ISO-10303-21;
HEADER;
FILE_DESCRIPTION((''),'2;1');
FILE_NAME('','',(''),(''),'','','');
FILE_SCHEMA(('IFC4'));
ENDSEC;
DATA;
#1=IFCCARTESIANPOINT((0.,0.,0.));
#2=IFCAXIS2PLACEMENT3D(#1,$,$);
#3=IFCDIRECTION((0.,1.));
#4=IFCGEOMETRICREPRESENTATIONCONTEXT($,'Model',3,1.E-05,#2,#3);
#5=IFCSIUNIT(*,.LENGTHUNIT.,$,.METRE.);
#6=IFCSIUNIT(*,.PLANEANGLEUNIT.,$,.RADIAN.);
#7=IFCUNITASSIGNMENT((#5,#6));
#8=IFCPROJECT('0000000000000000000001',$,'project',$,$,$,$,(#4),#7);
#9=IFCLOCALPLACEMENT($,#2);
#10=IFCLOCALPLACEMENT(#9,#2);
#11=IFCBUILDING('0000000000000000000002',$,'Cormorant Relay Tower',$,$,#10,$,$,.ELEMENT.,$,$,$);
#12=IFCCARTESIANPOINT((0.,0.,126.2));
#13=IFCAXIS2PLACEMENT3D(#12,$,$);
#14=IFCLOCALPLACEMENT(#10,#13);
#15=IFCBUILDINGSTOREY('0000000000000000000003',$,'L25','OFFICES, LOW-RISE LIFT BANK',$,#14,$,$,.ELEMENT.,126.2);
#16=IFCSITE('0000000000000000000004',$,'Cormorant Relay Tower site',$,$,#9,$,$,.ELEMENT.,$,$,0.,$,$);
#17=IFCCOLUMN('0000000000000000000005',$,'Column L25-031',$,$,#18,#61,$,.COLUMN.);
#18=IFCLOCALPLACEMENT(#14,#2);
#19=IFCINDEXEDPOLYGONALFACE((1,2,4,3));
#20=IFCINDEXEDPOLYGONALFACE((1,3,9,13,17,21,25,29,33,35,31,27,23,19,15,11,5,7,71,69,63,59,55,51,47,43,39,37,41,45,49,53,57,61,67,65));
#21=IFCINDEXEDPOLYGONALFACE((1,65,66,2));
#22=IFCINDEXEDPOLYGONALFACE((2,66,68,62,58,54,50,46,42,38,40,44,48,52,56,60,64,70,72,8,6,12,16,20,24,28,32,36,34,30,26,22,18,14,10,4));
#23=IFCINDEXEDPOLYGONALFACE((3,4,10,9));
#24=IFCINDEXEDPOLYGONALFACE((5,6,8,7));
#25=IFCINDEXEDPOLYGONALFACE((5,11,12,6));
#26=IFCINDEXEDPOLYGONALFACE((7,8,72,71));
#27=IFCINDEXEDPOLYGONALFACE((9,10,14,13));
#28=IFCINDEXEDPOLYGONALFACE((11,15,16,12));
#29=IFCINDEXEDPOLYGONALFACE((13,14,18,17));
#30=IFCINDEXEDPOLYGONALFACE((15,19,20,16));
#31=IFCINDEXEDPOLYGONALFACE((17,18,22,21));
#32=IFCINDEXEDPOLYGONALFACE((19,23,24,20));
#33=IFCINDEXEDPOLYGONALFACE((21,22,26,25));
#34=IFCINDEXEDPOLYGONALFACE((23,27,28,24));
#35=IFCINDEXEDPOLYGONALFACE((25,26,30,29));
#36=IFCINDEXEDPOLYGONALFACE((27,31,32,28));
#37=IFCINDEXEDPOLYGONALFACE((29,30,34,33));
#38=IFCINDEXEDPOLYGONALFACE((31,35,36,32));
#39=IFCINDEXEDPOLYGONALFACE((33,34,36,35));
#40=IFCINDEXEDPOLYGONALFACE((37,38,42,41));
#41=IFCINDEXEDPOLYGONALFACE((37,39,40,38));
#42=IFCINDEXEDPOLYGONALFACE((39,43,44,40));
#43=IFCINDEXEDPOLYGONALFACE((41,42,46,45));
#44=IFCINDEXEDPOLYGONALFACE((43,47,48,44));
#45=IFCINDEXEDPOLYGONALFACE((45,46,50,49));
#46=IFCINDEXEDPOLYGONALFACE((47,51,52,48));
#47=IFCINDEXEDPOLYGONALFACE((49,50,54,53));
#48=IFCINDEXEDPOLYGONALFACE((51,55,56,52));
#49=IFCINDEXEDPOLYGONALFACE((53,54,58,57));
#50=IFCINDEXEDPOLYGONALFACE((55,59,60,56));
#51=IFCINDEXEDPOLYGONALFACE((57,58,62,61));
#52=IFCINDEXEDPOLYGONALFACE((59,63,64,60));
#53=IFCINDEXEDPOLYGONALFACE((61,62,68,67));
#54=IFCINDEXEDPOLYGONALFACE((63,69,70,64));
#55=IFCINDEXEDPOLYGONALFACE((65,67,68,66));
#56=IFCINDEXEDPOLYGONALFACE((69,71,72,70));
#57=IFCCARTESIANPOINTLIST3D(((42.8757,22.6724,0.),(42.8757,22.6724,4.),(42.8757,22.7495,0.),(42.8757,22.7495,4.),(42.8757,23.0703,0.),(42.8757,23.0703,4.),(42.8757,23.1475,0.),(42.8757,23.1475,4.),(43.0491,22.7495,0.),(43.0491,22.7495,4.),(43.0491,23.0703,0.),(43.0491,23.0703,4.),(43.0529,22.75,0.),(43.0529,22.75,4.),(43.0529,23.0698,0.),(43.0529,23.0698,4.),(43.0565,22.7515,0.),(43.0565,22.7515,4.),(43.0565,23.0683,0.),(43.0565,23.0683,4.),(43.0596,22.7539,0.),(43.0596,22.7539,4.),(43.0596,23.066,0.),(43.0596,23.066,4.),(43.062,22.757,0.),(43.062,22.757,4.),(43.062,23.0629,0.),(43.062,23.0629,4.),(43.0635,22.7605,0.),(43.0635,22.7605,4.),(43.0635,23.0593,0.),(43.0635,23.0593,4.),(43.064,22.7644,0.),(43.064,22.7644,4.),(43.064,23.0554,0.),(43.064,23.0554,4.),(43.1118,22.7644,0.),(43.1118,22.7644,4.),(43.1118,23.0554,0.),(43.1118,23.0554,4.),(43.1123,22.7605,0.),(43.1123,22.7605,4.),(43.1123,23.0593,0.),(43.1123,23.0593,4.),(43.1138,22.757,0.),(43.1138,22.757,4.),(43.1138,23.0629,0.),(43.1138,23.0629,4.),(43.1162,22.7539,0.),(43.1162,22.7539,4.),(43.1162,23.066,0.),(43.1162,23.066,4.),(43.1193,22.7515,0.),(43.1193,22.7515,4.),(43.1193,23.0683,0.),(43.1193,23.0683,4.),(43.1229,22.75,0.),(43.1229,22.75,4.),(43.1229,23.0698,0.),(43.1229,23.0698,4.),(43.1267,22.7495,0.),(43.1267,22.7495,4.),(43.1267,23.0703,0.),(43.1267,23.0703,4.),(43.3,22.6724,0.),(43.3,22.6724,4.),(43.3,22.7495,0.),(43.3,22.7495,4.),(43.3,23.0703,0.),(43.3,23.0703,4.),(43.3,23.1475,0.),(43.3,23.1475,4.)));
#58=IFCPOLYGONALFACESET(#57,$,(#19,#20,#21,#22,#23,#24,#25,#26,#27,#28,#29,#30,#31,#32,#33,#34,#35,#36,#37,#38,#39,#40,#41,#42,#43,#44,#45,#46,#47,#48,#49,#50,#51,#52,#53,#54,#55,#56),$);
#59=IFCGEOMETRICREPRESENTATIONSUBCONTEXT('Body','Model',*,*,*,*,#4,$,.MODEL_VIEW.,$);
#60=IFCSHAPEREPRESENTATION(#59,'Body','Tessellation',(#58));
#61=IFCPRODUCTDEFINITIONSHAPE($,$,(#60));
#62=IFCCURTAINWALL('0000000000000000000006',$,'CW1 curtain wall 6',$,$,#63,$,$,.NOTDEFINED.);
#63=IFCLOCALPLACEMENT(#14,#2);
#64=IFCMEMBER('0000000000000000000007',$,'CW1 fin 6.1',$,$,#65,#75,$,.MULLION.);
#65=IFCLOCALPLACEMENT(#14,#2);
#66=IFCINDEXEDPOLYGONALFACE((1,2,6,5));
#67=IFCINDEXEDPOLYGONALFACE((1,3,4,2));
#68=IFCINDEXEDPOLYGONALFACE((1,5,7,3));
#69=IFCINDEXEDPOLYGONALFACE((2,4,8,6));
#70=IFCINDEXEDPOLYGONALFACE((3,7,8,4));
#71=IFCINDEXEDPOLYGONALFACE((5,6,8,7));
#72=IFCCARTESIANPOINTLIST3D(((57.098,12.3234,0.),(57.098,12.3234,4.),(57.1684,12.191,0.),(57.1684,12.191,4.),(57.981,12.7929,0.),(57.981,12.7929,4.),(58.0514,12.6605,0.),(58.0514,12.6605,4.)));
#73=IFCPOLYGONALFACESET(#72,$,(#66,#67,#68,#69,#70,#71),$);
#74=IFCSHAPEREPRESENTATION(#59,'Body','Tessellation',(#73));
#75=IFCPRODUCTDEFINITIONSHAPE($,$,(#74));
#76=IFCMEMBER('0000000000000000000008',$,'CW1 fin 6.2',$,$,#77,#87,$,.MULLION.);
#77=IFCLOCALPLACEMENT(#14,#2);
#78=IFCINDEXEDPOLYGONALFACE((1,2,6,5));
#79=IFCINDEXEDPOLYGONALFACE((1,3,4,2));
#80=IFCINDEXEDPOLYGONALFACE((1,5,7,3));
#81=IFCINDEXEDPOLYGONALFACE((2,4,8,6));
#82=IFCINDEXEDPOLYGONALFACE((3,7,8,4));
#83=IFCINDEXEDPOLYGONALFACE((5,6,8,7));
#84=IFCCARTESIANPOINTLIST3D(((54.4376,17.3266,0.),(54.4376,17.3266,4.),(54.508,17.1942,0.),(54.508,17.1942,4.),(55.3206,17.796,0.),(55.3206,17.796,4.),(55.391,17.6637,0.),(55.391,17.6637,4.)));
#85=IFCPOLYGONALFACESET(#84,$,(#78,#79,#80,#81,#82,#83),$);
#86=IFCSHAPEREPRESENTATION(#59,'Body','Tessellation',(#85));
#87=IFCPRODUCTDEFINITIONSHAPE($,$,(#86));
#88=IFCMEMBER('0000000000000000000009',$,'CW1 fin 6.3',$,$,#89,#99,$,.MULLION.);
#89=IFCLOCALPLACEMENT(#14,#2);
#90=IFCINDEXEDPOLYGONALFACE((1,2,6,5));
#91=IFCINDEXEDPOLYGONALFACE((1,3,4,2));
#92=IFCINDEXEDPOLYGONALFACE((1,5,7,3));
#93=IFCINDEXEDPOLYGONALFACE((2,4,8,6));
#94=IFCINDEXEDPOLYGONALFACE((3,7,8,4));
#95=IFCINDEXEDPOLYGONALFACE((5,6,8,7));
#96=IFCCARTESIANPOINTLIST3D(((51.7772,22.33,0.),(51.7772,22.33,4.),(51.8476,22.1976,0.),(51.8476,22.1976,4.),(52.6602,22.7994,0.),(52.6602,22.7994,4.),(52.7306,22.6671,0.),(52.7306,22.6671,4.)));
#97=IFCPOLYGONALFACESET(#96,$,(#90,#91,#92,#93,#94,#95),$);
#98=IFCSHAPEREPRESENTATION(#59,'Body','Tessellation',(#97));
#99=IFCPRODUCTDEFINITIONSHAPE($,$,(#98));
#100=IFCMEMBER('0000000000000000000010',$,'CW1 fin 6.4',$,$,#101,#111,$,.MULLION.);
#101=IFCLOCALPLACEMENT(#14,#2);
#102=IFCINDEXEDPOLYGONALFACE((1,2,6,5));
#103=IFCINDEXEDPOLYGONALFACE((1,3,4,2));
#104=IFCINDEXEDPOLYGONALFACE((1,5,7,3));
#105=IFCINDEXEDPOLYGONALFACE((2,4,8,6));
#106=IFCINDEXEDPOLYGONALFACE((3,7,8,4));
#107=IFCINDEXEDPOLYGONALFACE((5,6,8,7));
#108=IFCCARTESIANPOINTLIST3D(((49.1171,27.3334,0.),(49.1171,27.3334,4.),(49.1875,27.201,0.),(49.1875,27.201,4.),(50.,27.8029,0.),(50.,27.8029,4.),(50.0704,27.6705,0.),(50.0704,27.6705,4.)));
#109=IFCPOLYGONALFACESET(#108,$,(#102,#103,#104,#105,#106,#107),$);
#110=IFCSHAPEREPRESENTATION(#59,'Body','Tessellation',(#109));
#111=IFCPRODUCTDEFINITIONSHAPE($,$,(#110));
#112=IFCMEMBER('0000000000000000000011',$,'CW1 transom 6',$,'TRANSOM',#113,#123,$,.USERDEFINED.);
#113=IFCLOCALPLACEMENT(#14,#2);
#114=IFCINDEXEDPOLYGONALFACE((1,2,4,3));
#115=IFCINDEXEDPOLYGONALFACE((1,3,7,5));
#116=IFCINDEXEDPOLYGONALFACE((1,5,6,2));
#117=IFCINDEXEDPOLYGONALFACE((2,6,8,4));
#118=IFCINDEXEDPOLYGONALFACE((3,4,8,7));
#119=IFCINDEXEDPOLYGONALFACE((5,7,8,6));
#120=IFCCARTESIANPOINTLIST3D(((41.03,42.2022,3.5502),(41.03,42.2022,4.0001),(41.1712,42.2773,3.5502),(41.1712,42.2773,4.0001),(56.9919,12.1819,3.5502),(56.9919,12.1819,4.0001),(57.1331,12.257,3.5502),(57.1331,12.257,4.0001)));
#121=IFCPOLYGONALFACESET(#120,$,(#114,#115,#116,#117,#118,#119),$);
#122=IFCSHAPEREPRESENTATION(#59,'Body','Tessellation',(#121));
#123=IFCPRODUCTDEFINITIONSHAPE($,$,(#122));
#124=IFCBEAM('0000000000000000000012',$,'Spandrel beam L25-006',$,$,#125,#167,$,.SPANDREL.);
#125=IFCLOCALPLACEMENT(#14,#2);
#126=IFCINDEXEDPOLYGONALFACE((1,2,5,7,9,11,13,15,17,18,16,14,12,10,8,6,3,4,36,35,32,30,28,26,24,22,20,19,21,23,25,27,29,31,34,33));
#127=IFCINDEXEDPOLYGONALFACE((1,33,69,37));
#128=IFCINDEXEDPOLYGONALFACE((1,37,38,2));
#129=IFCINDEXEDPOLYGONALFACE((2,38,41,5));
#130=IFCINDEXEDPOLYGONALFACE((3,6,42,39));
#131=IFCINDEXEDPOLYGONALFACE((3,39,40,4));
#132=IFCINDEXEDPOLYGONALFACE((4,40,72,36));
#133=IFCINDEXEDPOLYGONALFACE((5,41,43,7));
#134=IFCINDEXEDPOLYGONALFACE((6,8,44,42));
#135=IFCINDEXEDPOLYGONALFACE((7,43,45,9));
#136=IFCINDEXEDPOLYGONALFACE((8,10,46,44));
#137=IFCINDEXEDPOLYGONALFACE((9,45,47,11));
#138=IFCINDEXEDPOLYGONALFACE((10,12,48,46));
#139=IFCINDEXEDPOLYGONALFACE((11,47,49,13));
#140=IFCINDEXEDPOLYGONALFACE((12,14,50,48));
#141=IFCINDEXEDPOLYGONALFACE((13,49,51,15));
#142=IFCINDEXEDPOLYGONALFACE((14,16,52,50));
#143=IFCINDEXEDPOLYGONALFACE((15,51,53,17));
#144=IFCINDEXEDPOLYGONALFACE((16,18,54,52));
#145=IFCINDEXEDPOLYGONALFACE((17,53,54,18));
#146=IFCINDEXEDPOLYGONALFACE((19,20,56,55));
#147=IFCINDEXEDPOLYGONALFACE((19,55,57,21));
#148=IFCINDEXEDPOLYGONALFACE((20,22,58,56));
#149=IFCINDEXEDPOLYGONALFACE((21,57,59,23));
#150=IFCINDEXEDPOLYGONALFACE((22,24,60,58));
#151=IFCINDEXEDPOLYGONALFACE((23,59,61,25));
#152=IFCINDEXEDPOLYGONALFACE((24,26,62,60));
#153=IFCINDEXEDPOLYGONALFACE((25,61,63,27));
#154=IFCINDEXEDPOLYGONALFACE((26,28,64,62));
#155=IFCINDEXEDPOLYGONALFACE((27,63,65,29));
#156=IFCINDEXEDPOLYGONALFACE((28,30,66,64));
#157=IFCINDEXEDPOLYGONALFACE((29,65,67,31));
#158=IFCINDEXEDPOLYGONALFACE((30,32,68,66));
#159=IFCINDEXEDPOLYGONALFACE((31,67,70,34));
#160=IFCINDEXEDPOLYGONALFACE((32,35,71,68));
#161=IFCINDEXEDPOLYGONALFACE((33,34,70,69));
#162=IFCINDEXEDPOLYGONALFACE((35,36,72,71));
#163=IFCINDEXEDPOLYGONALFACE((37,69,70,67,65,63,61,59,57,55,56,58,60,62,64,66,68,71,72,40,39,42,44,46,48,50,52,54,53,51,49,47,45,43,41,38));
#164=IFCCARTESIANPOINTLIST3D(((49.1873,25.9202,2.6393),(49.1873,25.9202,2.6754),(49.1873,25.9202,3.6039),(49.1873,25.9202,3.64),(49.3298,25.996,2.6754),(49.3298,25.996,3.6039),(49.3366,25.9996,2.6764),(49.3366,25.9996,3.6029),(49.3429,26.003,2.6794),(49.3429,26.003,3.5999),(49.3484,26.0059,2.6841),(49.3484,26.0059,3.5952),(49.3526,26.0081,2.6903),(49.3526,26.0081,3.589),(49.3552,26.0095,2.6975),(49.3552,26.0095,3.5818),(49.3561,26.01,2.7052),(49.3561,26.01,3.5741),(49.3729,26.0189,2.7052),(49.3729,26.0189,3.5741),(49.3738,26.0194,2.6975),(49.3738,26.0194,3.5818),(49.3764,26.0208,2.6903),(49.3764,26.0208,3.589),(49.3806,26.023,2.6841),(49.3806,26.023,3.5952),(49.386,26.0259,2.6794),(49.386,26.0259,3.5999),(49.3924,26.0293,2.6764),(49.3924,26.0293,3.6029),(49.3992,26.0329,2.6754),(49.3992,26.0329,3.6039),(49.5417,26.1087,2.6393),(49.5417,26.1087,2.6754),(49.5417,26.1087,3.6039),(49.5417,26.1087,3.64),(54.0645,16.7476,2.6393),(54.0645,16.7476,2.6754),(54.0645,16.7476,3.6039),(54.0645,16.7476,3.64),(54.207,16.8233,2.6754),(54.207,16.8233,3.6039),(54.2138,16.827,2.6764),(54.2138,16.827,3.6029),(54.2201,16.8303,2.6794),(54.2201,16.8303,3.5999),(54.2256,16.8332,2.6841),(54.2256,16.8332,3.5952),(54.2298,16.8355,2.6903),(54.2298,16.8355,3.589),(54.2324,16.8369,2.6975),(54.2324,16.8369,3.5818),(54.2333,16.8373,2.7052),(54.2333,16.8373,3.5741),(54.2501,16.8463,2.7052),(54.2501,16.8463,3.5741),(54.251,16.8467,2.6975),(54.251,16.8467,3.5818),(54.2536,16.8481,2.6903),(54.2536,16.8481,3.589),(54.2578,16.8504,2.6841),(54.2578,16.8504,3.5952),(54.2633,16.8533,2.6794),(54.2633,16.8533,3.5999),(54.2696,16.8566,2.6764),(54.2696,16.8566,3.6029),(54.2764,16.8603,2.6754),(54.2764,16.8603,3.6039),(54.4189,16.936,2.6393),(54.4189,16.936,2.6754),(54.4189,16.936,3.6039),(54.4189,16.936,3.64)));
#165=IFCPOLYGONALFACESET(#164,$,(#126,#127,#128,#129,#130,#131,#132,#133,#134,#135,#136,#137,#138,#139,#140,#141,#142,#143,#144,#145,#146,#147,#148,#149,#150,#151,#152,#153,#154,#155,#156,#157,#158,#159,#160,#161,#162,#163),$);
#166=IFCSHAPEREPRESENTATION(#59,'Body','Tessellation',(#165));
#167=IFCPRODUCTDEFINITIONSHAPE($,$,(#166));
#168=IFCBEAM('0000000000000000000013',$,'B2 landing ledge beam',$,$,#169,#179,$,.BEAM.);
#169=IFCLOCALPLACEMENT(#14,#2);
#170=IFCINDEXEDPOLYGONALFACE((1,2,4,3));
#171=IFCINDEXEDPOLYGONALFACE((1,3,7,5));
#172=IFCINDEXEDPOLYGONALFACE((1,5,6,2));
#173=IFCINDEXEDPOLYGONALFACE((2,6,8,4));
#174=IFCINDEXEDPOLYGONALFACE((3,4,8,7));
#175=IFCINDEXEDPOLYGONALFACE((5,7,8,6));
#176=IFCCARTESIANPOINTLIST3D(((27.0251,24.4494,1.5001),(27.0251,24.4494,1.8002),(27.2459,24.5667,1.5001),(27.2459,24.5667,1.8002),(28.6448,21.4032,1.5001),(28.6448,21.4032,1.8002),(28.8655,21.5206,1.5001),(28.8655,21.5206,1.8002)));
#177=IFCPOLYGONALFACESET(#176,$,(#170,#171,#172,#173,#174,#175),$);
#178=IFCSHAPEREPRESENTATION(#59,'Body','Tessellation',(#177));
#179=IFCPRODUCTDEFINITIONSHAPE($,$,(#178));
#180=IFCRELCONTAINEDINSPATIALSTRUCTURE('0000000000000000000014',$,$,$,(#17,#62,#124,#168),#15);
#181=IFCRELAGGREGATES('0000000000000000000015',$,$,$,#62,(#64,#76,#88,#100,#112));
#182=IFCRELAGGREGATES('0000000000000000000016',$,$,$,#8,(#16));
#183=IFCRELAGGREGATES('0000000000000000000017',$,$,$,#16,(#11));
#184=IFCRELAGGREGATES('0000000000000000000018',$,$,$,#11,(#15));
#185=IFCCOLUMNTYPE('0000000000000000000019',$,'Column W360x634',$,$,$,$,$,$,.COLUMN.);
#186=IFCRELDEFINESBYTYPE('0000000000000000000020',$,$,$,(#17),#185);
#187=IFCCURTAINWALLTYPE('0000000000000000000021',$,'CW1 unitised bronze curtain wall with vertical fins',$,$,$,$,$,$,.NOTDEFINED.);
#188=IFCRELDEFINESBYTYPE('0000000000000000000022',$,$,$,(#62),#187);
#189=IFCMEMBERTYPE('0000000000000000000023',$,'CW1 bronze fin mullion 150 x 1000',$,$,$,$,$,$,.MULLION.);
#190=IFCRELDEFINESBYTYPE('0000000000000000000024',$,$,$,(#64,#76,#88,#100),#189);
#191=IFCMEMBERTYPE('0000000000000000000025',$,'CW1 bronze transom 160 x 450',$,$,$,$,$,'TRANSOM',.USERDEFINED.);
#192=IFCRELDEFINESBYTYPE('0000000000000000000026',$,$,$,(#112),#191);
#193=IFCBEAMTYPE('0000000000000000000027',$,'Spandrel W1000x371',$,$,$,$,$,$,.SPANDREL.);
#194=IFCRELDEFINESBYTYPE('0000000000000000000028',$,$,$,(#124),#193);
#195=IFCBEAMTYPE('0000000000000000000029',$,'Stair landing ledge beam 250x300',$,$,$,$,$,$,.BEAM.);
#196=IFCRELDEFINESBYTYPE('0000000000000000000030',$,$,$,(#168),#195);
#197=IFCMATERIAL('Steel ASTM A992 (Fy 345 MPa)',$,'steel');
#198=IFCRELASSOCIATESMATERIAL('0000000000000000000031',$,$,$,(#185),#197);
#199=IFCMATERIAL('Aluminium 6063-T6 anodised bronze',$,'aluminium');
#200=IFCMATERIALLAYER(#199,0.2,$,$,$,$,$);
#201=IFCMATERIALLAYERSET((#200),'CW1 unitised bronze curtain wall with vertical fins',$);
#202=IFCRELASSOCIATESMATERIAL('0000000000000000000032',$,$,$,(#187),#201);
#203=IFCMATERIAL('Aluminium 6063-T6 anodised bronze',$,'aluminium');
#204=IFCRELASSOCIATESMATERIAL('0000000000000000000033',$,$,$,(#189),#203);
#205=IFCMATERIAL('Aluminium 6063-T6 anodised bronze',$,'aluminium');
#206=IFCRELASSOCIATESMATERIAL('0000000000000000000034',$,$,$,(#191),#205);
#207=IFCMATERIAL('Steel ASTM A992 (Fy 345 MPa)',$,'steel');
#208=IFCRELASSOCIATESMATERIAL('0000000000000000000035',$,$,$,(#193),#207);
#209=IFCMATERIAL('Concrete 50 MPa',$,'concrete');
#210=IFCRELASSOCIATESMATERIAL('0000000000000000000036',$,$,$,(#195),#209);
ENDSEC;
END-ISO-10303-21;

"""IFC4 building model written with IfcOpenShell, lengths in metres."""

from ifc_helpers import new_model, si_unit, direction, frame, origin, origin_2d, place, context, subcontext, project, spatial, rectangle, i_section, extrude, material, layer, layer_set, material_profile, profile_set, type_object, element, aggregate, save


model = new_model("IFC4")

# Units and contexts
model_context = context("Model", 3, precision=1e-05, world=origin(), true_north=direction((0.0, 1.0)))
body_context = subcontext(model_context, "Body", "Model", "MODEL_VIEW")
ifc_project = project(units=[si_unit("LENGTHUNIT", "METRE"), si_unit("PLANEANGLEUNIT", "RADIAN")], contexts=[model_context])

# Site, building, storey
site_placement = place(None, origin())
site = spatial("IfcSite", under=ifc_project, at=site_placement, Name="Cormorant Relay Tower site", CompositionType="ELEMENT", RefElevation=0.0)
building_placement = place(site_placement, origin())
building = spatial("IfcBuilding", under=site, at=building_placement, Name="Cormorant Relay Tower", CompositionType="ELEMENT")
storey_placement = place(building_placement, frame((0.0, 0.0, 126.2)))
storey = spatial("IfcBuildingStorey", under=building, at=storey_placement, Name="L25", Description="OFFICES, LOW-RISE LIFT BANK", CompositionType="ELEMENT", Elevation=126.2)

# Column
ifc_material_1 = material(Name="Steel ASTM A992 (Fy 345 MPa)", Category="steel")
ifc_material_profile_1 = material_profile(ifc_material_1, i_section(OverallWidth=0.4243, OverallDepth=0.4751, WebThickness=0.0479, FlangeThickness=0.0771, FilletRadius=0.0149, at=origin_2d()), Name="W360x634")
ifc_profile_set_1 = profile_set([ifc_material_profile_1], Name="Steel ASTM A992 (Fy 345 MPa)")
column_type_1 = type_object("IfcColumnType", Name="Column W360x634", PredefinedType="COLUMN", material=ifc_profile_set_1)
for number, where, z_axis, x_axis, name in (
    (1, (43.0879, 22.9099, 0.0), (0.0, 0.0, 1.0), (1.0, 0.0, 0.0), "Column L25-031"),
):
    element("IfcColumn", number, at=place(storey_placement, frame(where, z_axis=z_axis, x_axis=x_axis)), inside=storey, type_object=column_type_1, Name=name, PredefinedType="COLUMN", context=body_context, shape_type="SweptSolid", body=[
        extrude(i_section(OverallWidth=0.4243, OverallDepth=0.4751, WebThickness=0.0479, FlangeThickness=0.0771, FilletRadius=0.0149, at=origin_2d()), origin(), (0.0, 0.0, 1.0), 4.0),
    ])

# Curtain wall, members
ifc_material_2 = material(Name="Aluminium 6063-T6 anodised bronze", Category="aluminium")
ifc_layer_1 = layer(ifc_material_2, 0.2)
ifc_layer_set_1 = layer_set([ifc_layer_1], Name="CW1 unitised bronze curtain wall with vertical fins")
curtain_wall_type = type_object("IfcCurtainWallType", Name="CW1 unitised bronze curtain wall with vertical fins", PredefinedType="NOTDEFINED", material=ifc_layer_set_1)
curtain_wall_placement = place(storey_placement, origin())
curtain_wall = element("IfcCurtainWall", 2, at=curtain_wall_placement, inside=storey, type_object=curtain_wall_type, Name="CW1 curtain wall 6", PredefinedType="NOTDEFINED")
ifc_material_3 = material(Name="Aluminium 6063-T6 anodised bronze", Category="aluminium")
ifc_material_profile_2 = material_profile(ifc_material_3, rectangle(XDim=0.1499, YDim=1.0, at=origin_2d()), Name="AL 150x1000")
ifc_profile_set_2 = profile_set([ifc_material_profile_2], Name="Aluminium 6063-T6 anodised bronze")
member_type_1 = type_object("IfcMemberType", Name="CW1 bronze fin mullion 150 x 1000", PredefinedType="MULLION", material=ifc_profile_set_2)
member_1_placement = place(storey_placement, frame((57.5747, 12.4919, 0.0), z_axis=(0.0, 0.0, 1.0), x_axis=(-0.469472, 0.882948, 0.0)))
member_1 = element("IfcMember", 3, at=member_1_placement, type_object=member_type_1, Name="CW1 fin 6.1", PredefinedType="MULLION", context=body_context, shape_type="SweptSolid", body=[
    extrude(rectangle(XDim=0.1499, YDim=1.0, at=origin_2d()), origin(), (0.0, 0.0, 1.0), 4.0),
])
member_2_placement = place(storey_placement, frame((54.9143, 17.4951, 0.0), z_axis=(0.0, 0.0, 1.0), x_axis=(-0.469472, 0.882948, 0.0)))
member_2 = element("IfcMember", 4, at=member_2_placement, type_object=member_type_1, Name="CW1 fin 6.2", PredefinedType="MULLION", context=body_context, shape_type="SweptSolid", body=[
    extrude(rectangle(XDim=0.1499, YDim=1.0, at=origin_2d()), origin(), (0.0, 0.0, 1.0), 4.0),
])
member_3_placement = place(storey_placement, frame((52.2539, 22.4985, 0.0), z_axis=(0.0, 0.0, 1.0), x_axis=(-0.469472, 0.882948, 0.0)))
member_3 = element("IfcMember", 5, at=member_3_placement, type_object=member_type_1, Name="CW1 fin 6.3", PredefinedType="MULLION", context=body_context, shape_type="SweptSolid", body=[
    extrude(rectangle(XDim=0.1499, YDim=1.0, at=origin_2d()), origin(), (0.0, 0.0, 1.0), 4.0),
])
member_4_placement = place(storey_placement, frame((49.5938, 27.502, 0.0), z_axis=(0.0, 0.0, 1.0), x_axis=(-0.469472, 0.882948, 0.0)))
member_4 = element("IfcMember", 6, at=member_4_placement, type_object=member_type_1, Name="CW1 fin 6.4", PredefinedType="MULLION", context=body_context, shape_type="SweptSolid", body=[
    extrude(rectangle(XDim=0.1499, YDim=1.0, at=origin_2d()), origin(), (0.0, 0.0, 1.0), 4.0),
])
ifc_material_4 = material(Name="Aluminium 6063-T6 anodised bronze", Category="aluminium")
ifc_material_profile_3 = material_profile(ifc_material_4, rectangle(XDim=0.1599, YDim=0.45, at=origin_2d()), Name="AL 160x450")
ifc_profile_set_3 = profile_set([ifc_material_profile_3], Name="Aluminium 6063-T6 anodised bronze")
member_type_2 = type_object("IfcMemberType", Name="CW1 bronze transom 160 x 450", ElementType="TRANSOM", PredefinedType="USERDEFINED", material=ifc_profile_set_3)
member_5_placement = place(storey_placement, frame((57.0625, 12.2195, 3.7751), z_axis=(-0.469468, 0.882949, 0.0), x_axis=(-0.882949, -0.469468, 0.0)))
member_5 = element("IfcMember", 7, at=member_5_placement, type_object=member_type_2, Name="CW1 transom 6", ObjectType="TRANSOM", PredefinedType="USERDEFINED", context=body_context, shape_type="SweptSolid", body=[
    extrude(rectangle(XDim=0.1599, YDim=0.45, at=origin_2d()), origin(), (0.0, 0.0, 1.0), 34.0),
])

# Beams
ifc_material_5 = material(Name="Steel ASTM A992 (Fy 345 MPa)", Category="steel")
ifc_material_profile_4 = material_profile(ifc_material_5, i_section(OverallWidth=0.4014, OverallDepth=1.0007, WebThickness=0.019, FlangeThickness=0.0361, FilletRadius=0.0298, at=origin_2d()), Name="W1000x371")
ifc_profile_set_4 = profile_set([ifc_material_profile_4], Name="Steel ASTM A992 (Fy 345 MPa)")
beam_type_1 = type_object("IfcBeamType", Name="Spandrel W1000x371", PredefinedType="SPANDREL", material=ifc_profile_set_4)
beam_1_placement = place(storey_placement, frame((54.2417, 16.8418, 3.1396), z_axis=(-0.469474, 0.882946, 0.0), x_axis=(-0.882946, -0.469474, 0.0)))
element("IfcBeam", 8, at=beam_1_placement, inside=storey, type_object=beam_type_1, Name="Spandrel beam L25-006", PredefinedType="SPANDREL", context=body_context, shape_type="SweptSolid", body=[
    extrude(i_section(OverallWidth=0.4014, OverallDepth=1.0007, WebThickness=0.019, FlangeThickness=0.0361, FilletRadius=0.0298, at=origin_2d()), origin(), (0.0, 0.0, 1.0), 10.3887),
])
ifc_material_6 = material(Name="Concrete 50 MPa", Category="concrete")
ifc_material_profile_5 = material_profile(ifc_material_6, rectangle(XDim=0.25, YDim=0.3, at=origin_2d()), Name="RC 250x300")
ifc_profile_set_5 = profile_set([ifc_material_profile_5], Name="Concrete 50 MPa")
beam_type_2 = type_object("IfcBeamType", Name="Stair landing ledge beam 250x300", PredefinedType="BEAM", material=ifc_profile_set_5)
beam_2_placement = place(storey_placement, frame((28.7551, 21.4619, 1.6501), z_axis=(-0.469464, 0.882952, 0.0), x_axis=(-0.882952, -0.469464, 0.0)))
element("IfcBeam", 9, at=beam_2_placement, inside=storey, type_object=beam_type_2, Name="B2 landing ledge beam", PredefinedType="BEAM", context=body_context, shape_type="SweptSolid", body=[
    extrude(rectangle(XDim=0.25, YDim=0.3, at=origin_2d()), origin(), (0.0, 0.0, 1.0), 3.45),
])

aggregate(curtain_wall, [member_1, member_2, member_3, member_4, member_5])

save(model, "model.ifc")
